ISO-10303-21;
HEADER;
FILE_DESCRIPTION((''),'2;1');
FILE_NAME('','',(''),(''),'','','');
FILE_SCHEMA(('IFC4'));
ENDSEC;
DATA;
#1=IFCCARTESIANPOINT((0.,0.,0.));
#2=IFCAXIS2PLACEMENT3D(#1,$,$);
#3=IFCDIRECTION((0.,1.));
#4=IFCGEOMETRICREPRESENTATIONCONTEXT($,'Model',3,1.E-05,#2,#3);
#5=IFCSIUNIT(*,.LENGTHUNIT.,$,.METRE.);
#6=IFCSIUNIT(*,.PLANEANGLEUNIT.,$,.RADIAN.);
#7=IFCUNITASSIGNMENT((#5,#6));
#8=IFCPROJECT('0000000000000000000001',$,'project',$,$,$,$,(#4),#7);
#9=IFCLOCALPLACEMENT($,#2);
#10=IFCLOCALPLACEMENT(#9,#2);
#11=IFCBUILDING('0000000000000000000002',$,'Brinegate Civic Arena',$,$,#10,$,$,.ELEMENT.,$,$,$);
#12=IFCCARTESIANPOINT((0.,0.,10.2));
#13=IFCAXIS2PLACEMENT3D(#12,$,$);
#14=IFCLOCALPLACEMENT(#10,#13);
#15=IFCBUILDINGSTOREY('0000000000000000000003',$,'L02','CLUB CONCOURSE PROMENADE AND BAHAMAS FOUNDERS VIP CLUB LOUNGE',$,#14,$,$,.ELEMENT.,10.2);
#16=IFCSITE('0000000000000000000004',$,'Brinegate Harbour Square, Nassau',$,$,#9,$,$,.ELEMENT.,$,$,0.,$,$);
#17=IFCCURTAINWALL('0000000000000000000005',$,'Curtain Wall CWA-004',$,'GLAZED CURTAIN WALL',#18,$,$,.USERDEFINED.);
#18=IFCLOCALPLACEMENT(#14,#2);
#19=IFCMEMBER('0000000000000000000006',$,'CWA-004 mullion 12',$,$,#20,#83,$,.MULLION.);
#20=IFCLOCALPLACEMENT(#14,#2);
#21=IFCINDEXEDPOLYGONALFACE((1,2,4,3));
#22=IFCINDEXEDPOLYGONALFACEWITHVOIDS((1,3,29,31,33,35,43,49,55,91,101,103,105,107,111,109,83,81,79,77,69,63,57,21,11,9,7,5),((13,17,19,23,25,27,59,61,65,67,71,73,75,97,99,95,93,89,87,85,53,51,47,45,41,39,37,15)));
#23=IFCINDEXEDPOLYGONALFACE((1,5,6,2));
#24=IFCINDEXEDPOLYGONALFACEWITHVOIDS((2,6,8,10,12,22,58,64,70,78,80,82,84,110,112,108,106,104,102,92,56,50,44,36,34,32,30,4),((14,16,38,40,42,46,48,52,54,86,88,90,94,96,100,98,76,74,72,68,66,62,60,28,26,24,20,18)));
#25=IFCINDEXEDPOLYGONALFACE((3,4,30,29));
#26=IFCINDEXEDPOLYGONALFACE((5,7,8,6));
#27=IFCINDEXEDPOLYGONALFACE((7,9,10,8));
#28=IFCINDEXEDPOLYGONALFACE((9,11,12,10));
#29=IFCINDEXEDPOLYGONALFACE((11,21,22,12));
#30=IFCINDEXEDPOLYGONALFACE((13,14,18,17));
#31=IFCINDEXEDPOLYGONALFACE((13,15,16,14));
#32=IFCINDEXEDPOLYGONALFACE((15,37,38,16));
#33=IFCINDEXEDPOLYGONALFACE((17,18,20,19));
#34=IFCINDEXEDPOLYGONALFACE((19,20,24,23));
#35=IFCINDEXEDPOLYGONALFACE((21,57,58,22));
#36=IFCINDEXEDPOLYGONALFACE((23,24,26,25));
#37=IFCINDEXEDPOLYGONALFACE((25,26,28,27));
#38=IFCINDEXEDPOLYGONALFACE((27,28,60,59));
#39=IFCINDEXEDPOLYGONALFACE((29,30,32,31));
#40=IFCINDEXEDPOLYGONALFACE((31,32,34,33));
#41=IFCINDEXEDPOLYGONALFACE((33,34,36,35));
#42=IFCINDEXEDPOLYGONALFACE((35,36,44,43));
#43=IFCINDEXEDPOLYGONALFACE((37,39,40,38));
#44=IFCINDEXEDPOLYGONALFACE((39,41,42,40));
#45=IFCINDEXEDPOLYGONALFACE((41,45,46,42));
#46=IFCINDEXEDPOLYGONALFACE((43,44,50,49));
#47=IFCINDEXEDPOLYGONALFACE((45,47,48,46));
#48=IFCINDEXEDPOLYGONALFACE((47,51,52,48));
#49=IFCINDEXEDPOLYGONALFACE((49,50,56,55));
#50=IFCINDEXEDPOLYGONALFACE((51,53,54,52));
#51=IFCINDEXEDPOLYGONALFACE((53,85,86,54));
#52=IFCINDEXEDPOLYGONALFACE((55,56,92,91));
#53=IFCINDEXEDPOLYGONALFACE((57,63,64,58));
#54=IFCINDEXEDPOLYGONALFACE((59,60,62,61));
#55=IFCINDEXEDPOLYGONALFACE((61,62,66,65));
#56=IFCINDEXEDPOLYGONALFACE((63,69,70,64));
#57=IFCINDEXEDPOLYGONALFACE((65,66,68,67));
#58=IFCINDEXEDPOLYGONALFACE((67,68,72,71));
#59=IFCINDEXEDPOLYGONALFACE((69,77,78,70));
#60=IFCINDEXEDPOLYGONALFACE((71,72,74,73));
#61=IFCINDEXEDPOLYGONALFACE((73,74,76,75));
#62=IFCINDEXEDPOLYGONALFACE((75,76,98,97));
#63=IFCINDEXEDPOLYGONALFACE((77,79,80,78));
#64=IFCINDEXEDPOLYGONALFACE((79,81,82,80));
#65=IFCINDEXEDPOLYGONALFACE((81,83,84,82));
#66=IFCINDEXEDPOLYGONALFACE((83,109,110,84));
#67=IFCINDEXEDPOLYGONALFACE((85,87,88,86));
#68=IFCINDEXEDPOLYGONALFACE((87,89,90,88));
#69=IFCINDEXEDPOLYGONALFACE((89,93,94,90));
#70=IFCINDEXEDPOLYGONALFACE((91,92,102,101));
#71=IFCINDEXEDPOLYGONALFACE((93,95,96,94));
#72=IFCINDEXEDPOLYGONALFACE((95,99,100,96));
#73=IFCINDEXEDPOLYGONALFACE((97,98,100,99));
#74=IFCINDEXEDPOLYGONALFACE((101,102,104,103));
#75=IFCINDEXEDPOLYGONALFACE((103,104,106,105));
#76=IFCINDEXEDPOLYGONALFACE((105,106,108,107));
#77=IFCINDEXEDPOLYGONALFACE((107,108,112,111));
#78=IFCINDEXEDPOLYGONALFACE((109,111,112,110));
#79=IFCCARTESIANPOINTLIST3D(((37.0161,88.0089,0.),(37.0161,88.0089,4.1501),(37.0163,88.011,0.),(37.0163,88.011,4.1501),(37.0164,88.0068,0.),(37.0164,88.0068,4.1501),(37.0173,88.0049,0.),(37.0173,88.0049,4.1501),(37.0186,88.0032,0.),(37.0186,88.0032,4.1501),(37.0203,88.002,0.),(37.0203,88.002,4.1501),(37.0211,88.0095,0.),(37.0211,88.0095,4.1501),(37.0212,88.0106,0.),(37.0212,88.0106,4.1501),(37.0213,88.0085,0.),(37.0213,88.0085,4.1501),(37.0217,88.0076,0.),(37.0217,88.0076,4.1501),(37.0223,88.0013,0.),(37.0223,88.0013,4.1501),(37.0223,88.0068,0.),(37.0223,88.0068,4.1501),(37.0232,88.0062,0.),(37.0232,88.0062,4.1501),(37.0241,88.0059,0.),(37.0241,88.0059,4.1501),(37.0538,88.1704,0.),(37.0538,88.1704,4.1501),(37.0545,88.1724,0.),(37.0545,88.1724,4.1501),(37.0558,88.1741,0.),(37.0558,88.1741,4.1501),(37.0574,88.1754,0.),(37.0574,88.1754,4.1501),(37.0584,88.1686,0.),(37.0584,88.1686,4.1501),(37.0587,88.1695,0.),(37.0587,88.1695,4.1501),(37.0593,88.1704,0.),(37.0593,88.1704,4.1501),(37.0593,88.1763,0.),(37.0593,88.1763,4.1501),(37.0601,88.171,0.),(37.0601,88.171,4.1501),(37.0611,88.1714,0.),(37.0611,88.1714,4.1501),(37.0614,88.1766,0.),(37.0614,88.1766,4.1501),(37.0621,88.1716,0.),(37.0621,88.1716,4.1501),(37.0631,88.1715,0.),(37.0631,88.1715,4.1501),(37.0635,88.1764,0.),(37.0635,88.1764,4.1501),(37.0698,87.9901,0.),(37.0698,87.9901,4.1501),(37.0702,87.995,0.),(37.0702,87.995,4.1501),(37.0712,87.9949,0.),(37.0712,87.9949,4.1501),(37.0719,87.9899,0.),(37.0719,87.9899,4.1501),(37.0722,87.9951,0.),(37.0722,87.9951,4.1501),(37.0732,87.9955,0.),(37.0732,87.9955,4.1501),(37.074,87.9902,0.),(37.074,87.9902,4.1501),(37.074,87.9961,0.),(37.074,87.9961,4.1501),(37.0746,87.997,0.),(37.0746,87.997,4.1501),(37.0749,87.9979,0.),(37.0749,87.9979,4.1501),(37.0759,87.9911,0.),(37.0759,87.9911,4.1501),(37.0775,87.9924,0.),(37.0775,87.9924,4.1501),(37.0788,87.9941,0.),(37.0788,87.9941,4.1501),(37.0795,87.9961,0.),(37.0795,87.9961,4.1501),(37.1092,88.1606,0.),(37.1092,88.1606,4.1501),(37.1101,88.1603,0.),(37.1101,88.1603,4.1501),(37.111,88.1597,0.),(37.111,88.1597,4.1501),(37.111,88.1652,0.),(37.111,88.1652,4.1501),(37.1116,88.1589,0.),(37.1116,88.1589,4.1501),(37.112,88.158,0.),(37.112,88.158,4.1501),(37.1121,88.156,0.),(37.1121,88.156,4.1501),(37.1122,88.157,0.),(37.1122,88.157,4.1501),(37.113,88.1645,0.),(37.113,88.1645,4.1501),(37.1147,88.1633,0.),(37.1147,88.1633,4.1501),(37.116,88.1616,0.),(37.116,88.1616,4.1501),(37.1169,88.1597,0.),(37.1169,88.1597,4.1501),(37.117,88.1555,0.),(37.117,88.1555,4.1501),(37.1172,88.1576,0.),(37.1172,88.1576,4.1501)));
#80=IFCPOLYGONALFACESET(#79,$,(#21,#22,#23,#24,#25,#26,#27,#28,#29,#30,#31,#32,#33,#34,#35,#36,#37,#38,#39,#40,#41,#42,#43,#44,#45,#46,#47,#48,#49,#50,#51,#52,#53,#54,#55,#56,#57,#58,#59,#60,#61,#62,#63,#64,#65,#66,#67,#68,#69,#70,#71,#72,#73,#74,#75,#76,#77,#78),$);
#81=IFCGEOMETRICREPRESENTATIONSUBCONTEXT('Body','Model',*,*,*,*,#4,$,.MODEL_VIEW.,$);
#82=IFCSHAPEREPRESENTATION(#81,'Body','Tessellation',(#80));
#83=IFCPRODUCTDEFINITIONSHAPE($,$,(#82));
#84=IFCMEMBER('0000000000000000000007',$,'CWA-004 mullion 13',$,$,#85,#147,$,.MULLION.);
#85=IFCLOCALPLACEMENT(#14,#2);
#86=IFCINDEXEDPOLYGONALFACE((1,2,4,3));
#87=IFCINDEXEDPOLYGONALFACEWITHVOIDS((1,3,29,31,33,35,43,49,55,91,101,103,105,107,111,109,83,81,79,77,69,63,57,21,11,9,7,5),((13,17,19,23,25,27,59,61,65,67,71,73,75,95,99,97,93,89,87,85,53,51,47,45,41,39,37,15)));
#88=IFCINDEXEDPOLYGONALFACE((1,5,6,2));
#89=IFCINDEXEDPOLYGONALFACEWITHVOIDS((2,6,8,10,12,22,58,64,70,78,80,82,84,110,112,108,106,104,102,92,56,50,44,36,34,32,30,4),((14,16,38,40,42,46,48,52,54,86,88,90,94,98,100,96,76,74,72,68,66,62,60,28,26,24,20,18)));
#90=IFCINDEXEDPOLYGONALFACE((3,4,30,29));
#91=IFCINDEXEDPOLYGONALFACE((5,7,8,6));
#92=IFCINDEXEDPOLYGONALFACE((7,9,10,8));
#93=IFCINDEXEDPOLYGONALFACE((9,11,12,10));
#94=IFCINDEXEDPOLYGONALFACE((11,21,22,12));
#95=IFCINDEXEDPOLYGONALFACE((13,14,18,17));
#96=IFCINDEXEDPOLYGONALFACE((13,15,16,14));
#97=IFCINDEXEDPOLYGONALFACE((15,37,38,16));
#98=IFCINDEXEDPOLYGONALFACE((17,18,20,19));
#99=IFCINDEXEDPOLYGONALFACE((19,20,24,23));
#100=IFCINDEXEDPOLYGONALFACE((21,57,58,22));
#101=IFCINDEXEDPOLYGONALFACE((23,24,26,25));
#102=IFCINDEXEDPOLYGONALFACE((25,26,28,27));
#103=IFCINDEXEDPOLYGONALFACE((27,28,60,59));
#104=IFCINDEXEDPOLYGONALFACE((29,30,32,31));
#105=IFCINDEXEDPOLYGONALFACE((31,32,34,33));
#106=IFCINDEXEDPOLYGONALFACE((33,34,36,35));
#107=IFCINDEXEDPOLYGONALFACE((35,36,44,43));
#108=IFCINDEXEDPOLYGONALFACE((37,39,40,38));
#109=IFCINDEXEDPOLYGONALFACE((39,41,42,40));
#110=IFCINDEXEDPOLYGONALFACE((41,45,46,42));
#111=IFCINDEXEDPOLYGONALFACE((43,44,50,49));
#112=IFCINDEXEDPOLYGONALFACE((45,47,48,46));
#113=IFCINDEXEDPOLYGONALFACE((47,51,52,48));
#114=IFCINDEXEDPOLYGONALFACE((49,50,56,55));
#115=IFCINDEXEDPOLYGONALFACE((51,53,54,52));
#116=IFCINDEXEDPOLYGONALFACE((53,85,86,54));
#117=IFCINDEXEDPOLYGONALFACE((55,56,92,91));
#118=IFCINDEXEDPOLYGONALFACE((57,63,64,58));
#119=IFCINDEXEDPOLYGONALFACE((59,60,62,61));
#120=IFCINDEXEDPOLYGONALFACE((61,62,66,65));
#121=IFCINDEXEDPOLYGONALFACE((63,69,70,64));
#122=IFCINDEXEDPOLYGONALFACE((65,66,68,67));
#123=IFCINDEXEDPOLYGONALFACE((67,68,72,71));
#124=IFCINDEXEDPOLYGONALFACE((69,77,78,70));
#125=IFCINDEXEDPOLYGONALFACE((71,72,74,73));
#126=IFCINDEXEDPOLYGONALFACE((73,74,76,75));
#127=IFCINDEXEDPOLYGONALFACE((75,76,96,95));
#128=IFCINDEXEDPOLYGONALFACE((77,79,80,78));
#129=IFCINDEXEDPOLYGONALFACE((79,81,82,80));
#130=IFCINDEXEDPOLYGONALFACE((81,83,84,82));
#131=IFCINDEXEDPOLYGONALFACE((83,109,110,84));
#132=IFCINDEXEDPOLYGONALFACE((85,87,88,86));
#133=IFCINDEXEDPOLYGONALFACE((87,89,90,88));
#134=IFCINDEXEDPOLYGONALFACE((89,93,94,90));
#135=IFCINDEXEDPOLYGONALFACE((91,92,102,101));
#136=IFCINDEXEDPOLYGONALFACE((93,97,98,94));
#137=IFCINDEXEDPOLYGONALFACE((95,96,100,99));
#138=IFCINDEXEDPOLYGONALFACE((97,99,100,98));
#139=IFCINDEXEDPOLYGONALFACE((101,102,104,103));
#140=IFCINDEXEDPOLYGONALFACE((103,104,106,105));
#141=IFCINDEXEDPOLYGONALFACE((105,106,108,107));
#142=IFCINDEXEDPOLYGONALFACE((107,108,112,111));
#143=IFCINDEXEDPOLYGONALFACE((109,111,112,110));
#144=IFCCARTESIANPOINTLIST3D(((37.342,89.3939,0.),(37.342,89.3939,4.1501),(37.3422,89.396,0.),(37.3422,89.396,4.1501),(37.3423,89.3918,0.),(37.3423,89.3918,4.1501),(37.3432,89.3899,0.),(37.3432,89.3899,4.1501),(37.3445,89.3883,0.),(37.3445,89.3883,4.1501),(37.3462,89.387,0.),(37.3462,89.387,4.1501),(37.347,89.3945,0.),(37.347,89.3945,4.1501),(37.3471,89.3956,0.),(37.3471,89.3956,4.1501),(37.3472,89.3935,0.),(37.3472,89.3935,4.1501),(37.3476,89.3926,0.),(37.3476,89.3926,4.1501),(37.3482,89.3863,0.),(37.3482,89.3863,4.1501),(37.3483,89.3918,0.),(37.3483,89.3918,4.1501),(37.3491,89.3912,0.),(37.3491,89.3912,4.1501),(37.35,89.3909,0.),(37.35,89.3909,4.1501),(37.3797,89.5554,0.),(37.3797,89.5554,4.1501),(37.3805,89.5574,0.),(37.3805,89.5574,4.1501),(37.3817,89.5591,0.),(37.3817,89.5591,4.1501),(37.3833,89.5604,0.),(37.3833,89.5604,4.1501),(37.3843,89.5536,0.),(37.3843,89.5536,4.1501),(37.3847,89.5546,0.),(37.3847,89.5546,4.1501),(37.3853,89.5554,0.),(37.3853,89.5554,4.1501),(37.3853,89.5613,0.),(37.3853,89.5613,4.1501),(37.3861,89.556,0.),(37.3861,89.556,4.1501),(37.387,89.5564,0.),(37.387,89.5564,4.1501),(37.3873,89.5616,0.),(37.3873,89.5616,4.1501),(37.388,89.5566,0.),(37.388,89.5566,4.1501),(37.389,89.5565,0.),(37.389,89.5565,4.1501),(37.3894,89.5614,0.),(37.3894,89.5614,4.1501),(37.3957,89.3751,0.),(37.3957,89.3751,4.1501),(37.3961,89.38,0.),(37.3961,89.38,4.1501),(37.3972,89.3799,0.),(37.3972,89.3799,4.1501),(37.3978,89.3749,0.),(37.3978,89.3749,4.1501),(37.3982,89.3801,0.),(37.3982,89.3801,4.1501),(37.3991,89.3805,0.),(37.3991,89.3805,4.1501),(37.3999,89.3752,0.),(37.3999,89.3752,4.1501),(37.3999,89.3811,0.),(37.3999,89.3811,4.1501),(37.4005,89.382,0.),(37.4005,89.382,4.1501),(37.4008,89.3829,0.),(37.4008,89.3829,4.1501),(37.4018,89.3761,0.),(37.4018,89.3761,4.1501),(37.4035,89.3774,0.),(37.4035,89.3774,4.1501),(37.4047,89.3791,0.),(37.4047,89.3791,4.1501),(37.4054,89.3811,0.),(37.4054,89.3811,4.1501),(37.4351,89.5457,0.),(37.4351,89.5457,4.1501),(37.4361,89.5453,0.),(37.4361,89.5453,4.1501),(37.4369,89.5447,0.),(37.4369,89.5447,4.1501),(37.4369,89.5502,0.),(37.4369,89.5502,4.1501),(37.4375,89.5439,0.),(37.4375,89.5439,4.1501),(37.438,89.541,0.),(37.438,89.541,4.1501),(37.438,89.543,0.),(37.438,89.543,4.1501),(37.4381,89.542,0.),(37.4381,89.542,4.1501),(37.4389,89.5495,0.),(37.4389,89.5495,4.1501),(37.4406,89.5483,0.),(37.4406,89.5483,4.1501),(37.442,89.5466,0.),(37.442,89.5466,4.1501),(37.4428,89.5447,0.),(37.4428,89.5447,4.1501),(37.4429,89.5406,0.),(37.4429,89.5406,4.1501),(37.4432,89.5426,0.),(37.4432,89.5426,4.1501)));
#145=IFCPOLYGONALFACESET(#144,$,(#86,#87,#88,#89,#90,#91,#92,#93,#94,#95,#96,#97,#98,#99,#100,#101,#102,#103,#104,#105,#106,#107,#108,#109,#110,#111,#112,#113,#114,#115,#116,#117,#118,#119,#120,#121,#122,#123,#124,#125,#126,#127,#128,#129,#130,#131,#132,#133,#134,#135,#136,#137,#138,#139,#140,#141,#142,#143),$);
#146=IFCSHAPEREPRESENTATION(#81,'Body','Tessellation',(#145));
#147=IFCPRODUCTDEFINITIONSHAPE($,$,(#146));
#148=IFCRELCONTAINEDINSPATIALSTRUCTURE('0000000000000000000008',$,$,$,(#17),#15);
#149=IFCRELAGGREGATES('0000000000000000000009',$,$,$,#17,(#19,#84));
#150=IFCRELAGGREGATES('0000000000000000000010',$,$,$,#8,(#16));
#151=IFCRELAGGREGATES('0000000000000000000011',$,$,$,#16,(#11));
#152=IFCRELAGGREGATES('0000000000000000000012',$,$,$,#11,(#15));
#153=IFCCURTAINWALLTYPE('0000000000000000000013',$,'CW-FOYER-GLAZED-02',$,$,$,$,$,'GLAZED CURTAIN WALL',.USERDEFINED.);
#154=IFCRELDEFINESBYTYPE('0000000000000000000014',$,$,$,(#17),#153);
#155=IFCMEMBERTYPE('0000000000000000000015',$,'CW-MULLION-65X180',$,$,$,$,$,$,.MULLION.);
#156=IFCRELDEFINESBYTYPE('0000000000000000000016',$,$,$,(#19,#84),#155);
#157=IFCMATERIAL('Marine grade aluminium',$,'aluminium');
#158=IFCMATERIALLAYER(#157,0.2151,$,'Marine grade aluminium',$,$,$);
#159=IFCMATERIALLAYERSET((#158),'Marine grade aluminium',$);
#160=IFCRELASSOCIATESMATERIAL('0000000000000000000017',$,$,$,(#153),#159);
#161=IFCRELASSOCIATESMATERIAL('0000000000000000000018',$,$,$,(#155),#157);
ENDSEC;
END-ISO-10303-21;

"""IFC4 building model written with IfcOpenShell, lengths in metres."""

from ifc_helpers import new_model, si_unit, direction, frame, origin, origin_2d, place, context, subcontext, project, spatial, hollow_rectangle, extrude, material, layer, layer_set, material_profile, profile_set, type_object, element, aggregate, save


model = new_model("IFC4")

# Units and contexts
model_context = context("Model", 3, precision=1e-05, world=origin(), true_north=direction((0.0, 1.0)))
body_context = subcontext(model_context, "Body", "Model", "MODEL_VIEW")
ifc_project = project(units=[si_unit("LENGTHUNIT", "METRE"), si_unit("PLANEANGLEUNIT", "RADIAN")], contexts=[model_context])

# Site, building, storey
site_placement = place(None, origin())
site = spatial("IfcSite", under=ifc_project, at=site_placement, Name="Brinegate Harbour Square, Nassau", CompositionType="ELEMENT", RefElevation=0.0)
building_placement = place(site_placement, origin())
building = spatial("IfcBuilding", under=site, at=building_placement, Name="Brinegate Civic Arena", CompositionType="ELEMENT")
storey_placement = place(building_placement, frame((0.0, 0.0, 10.2)))
storey = spatial("IfcBuildingStorey", under=building, at=storey_placement, Name="L02", Description="CLUB CONCOURSE PROMENADE AND BAHAMAS FOUNDERS VIP CLUB LOUNGE", CompositionType="ELEMENT", Elevation=10.2)

# Curtain wall, members
ifc_material_1 = material(Name="Marine grade aluminium", Category="aluminium")
ifc_layer_1 = layer(ifc_material_1, 0.2151, Name="Marine grade aluminium")
ifc_layer_set_1 = layer_set([ifc_layer_1], Name="Marine grade aluminium")
curtain_wall_type_1 = type_object("IfcCurtainWallType", Name="CW-FOYER-GLAZED-02", ElementType="GLAZED CURTAIN WALL", PredefinedType="USERDEFINED", material=ifc_layer_set_1)
curtain_wall_1_placement = place(storey_placement, origin())
curtain_wall_1 = element("IfcCurtainWall", 1, at=curtain_wall_1_placement, inside=storey, type_object=curtain_wall_type_1, Name="Curtain Wall CWA-004", ObjectType="GLAZED CURTAIN WALL", PredefinedType="USERDEFINED")
ifc_material_profile_1 = material_profile(ifc_material_1, hollow_rectangle(XDim=0.0649, YDim=0.1799, WallThickness=0.0049, InnerFilletRadius=0.0039, OuterFilletRadius=0.0081, at=origin_2d()), Name="MUL65X180")
ifc_profile_set_1 = profile_set([ifc_material_profile_1], Name="Marine grade aluminium")
member_type_1 = type_object("IfcMemberType", Name="CW-MULLION-65X180", PredefinedType="MULLION", material=ifc_profile_set_1)
member_1_placement = place(storey_placement, frame((37.0667, 88.0833, 0.0), z_axis=(0.0, 0.0, 1.0), x_axis=(-0.973417, 0.229039, 0.0)))
member_1 = element("IfcMember", 2, at=member_1_placement, type_object=member_type_1, Name="CWA-004 mullion 12", PredefinedType="MULLION", context=body_context, shape_type="SweptSolid", body=[
    extrude(hollow_rectangle(XDim=0.0649, YDim=0.1799, WallThickness=0.0049, InnerFilletRadius=0.0039, OuterFilletRadius=0.0081, at=origin_2d()), origin(), (0.0, 0.0, 1.0), 4.1501),
])
member_2_placement = place(storey_placement, frame((37.3926, 89.4683, 0.0), z_axis=(0.0, 0.0, 1.0), x_axis=(-0.973417, 0.229039, 0.0)))
member_2 = element("IfcMember", 3, at=member_2_placement, type_object=member_type_1, Name="CWA-004 mullion 13", PredefinedType="MULLION", context=body_context, shape_type="SweptSolid", body=[
    extrude(hollow_rectangle(XDim=0.0649, YDim=0.1799, WallThickness=0.0049, InnerFilletRadius=0.0039, OuterFilletRadius=0.0081, at=origin_2d()), origin(), (0.0, 0.0, 1.0), 4.1501),
])

aggregate(curtain_wall_1, [member_1, member_2])

save(model, "model.ifc")
